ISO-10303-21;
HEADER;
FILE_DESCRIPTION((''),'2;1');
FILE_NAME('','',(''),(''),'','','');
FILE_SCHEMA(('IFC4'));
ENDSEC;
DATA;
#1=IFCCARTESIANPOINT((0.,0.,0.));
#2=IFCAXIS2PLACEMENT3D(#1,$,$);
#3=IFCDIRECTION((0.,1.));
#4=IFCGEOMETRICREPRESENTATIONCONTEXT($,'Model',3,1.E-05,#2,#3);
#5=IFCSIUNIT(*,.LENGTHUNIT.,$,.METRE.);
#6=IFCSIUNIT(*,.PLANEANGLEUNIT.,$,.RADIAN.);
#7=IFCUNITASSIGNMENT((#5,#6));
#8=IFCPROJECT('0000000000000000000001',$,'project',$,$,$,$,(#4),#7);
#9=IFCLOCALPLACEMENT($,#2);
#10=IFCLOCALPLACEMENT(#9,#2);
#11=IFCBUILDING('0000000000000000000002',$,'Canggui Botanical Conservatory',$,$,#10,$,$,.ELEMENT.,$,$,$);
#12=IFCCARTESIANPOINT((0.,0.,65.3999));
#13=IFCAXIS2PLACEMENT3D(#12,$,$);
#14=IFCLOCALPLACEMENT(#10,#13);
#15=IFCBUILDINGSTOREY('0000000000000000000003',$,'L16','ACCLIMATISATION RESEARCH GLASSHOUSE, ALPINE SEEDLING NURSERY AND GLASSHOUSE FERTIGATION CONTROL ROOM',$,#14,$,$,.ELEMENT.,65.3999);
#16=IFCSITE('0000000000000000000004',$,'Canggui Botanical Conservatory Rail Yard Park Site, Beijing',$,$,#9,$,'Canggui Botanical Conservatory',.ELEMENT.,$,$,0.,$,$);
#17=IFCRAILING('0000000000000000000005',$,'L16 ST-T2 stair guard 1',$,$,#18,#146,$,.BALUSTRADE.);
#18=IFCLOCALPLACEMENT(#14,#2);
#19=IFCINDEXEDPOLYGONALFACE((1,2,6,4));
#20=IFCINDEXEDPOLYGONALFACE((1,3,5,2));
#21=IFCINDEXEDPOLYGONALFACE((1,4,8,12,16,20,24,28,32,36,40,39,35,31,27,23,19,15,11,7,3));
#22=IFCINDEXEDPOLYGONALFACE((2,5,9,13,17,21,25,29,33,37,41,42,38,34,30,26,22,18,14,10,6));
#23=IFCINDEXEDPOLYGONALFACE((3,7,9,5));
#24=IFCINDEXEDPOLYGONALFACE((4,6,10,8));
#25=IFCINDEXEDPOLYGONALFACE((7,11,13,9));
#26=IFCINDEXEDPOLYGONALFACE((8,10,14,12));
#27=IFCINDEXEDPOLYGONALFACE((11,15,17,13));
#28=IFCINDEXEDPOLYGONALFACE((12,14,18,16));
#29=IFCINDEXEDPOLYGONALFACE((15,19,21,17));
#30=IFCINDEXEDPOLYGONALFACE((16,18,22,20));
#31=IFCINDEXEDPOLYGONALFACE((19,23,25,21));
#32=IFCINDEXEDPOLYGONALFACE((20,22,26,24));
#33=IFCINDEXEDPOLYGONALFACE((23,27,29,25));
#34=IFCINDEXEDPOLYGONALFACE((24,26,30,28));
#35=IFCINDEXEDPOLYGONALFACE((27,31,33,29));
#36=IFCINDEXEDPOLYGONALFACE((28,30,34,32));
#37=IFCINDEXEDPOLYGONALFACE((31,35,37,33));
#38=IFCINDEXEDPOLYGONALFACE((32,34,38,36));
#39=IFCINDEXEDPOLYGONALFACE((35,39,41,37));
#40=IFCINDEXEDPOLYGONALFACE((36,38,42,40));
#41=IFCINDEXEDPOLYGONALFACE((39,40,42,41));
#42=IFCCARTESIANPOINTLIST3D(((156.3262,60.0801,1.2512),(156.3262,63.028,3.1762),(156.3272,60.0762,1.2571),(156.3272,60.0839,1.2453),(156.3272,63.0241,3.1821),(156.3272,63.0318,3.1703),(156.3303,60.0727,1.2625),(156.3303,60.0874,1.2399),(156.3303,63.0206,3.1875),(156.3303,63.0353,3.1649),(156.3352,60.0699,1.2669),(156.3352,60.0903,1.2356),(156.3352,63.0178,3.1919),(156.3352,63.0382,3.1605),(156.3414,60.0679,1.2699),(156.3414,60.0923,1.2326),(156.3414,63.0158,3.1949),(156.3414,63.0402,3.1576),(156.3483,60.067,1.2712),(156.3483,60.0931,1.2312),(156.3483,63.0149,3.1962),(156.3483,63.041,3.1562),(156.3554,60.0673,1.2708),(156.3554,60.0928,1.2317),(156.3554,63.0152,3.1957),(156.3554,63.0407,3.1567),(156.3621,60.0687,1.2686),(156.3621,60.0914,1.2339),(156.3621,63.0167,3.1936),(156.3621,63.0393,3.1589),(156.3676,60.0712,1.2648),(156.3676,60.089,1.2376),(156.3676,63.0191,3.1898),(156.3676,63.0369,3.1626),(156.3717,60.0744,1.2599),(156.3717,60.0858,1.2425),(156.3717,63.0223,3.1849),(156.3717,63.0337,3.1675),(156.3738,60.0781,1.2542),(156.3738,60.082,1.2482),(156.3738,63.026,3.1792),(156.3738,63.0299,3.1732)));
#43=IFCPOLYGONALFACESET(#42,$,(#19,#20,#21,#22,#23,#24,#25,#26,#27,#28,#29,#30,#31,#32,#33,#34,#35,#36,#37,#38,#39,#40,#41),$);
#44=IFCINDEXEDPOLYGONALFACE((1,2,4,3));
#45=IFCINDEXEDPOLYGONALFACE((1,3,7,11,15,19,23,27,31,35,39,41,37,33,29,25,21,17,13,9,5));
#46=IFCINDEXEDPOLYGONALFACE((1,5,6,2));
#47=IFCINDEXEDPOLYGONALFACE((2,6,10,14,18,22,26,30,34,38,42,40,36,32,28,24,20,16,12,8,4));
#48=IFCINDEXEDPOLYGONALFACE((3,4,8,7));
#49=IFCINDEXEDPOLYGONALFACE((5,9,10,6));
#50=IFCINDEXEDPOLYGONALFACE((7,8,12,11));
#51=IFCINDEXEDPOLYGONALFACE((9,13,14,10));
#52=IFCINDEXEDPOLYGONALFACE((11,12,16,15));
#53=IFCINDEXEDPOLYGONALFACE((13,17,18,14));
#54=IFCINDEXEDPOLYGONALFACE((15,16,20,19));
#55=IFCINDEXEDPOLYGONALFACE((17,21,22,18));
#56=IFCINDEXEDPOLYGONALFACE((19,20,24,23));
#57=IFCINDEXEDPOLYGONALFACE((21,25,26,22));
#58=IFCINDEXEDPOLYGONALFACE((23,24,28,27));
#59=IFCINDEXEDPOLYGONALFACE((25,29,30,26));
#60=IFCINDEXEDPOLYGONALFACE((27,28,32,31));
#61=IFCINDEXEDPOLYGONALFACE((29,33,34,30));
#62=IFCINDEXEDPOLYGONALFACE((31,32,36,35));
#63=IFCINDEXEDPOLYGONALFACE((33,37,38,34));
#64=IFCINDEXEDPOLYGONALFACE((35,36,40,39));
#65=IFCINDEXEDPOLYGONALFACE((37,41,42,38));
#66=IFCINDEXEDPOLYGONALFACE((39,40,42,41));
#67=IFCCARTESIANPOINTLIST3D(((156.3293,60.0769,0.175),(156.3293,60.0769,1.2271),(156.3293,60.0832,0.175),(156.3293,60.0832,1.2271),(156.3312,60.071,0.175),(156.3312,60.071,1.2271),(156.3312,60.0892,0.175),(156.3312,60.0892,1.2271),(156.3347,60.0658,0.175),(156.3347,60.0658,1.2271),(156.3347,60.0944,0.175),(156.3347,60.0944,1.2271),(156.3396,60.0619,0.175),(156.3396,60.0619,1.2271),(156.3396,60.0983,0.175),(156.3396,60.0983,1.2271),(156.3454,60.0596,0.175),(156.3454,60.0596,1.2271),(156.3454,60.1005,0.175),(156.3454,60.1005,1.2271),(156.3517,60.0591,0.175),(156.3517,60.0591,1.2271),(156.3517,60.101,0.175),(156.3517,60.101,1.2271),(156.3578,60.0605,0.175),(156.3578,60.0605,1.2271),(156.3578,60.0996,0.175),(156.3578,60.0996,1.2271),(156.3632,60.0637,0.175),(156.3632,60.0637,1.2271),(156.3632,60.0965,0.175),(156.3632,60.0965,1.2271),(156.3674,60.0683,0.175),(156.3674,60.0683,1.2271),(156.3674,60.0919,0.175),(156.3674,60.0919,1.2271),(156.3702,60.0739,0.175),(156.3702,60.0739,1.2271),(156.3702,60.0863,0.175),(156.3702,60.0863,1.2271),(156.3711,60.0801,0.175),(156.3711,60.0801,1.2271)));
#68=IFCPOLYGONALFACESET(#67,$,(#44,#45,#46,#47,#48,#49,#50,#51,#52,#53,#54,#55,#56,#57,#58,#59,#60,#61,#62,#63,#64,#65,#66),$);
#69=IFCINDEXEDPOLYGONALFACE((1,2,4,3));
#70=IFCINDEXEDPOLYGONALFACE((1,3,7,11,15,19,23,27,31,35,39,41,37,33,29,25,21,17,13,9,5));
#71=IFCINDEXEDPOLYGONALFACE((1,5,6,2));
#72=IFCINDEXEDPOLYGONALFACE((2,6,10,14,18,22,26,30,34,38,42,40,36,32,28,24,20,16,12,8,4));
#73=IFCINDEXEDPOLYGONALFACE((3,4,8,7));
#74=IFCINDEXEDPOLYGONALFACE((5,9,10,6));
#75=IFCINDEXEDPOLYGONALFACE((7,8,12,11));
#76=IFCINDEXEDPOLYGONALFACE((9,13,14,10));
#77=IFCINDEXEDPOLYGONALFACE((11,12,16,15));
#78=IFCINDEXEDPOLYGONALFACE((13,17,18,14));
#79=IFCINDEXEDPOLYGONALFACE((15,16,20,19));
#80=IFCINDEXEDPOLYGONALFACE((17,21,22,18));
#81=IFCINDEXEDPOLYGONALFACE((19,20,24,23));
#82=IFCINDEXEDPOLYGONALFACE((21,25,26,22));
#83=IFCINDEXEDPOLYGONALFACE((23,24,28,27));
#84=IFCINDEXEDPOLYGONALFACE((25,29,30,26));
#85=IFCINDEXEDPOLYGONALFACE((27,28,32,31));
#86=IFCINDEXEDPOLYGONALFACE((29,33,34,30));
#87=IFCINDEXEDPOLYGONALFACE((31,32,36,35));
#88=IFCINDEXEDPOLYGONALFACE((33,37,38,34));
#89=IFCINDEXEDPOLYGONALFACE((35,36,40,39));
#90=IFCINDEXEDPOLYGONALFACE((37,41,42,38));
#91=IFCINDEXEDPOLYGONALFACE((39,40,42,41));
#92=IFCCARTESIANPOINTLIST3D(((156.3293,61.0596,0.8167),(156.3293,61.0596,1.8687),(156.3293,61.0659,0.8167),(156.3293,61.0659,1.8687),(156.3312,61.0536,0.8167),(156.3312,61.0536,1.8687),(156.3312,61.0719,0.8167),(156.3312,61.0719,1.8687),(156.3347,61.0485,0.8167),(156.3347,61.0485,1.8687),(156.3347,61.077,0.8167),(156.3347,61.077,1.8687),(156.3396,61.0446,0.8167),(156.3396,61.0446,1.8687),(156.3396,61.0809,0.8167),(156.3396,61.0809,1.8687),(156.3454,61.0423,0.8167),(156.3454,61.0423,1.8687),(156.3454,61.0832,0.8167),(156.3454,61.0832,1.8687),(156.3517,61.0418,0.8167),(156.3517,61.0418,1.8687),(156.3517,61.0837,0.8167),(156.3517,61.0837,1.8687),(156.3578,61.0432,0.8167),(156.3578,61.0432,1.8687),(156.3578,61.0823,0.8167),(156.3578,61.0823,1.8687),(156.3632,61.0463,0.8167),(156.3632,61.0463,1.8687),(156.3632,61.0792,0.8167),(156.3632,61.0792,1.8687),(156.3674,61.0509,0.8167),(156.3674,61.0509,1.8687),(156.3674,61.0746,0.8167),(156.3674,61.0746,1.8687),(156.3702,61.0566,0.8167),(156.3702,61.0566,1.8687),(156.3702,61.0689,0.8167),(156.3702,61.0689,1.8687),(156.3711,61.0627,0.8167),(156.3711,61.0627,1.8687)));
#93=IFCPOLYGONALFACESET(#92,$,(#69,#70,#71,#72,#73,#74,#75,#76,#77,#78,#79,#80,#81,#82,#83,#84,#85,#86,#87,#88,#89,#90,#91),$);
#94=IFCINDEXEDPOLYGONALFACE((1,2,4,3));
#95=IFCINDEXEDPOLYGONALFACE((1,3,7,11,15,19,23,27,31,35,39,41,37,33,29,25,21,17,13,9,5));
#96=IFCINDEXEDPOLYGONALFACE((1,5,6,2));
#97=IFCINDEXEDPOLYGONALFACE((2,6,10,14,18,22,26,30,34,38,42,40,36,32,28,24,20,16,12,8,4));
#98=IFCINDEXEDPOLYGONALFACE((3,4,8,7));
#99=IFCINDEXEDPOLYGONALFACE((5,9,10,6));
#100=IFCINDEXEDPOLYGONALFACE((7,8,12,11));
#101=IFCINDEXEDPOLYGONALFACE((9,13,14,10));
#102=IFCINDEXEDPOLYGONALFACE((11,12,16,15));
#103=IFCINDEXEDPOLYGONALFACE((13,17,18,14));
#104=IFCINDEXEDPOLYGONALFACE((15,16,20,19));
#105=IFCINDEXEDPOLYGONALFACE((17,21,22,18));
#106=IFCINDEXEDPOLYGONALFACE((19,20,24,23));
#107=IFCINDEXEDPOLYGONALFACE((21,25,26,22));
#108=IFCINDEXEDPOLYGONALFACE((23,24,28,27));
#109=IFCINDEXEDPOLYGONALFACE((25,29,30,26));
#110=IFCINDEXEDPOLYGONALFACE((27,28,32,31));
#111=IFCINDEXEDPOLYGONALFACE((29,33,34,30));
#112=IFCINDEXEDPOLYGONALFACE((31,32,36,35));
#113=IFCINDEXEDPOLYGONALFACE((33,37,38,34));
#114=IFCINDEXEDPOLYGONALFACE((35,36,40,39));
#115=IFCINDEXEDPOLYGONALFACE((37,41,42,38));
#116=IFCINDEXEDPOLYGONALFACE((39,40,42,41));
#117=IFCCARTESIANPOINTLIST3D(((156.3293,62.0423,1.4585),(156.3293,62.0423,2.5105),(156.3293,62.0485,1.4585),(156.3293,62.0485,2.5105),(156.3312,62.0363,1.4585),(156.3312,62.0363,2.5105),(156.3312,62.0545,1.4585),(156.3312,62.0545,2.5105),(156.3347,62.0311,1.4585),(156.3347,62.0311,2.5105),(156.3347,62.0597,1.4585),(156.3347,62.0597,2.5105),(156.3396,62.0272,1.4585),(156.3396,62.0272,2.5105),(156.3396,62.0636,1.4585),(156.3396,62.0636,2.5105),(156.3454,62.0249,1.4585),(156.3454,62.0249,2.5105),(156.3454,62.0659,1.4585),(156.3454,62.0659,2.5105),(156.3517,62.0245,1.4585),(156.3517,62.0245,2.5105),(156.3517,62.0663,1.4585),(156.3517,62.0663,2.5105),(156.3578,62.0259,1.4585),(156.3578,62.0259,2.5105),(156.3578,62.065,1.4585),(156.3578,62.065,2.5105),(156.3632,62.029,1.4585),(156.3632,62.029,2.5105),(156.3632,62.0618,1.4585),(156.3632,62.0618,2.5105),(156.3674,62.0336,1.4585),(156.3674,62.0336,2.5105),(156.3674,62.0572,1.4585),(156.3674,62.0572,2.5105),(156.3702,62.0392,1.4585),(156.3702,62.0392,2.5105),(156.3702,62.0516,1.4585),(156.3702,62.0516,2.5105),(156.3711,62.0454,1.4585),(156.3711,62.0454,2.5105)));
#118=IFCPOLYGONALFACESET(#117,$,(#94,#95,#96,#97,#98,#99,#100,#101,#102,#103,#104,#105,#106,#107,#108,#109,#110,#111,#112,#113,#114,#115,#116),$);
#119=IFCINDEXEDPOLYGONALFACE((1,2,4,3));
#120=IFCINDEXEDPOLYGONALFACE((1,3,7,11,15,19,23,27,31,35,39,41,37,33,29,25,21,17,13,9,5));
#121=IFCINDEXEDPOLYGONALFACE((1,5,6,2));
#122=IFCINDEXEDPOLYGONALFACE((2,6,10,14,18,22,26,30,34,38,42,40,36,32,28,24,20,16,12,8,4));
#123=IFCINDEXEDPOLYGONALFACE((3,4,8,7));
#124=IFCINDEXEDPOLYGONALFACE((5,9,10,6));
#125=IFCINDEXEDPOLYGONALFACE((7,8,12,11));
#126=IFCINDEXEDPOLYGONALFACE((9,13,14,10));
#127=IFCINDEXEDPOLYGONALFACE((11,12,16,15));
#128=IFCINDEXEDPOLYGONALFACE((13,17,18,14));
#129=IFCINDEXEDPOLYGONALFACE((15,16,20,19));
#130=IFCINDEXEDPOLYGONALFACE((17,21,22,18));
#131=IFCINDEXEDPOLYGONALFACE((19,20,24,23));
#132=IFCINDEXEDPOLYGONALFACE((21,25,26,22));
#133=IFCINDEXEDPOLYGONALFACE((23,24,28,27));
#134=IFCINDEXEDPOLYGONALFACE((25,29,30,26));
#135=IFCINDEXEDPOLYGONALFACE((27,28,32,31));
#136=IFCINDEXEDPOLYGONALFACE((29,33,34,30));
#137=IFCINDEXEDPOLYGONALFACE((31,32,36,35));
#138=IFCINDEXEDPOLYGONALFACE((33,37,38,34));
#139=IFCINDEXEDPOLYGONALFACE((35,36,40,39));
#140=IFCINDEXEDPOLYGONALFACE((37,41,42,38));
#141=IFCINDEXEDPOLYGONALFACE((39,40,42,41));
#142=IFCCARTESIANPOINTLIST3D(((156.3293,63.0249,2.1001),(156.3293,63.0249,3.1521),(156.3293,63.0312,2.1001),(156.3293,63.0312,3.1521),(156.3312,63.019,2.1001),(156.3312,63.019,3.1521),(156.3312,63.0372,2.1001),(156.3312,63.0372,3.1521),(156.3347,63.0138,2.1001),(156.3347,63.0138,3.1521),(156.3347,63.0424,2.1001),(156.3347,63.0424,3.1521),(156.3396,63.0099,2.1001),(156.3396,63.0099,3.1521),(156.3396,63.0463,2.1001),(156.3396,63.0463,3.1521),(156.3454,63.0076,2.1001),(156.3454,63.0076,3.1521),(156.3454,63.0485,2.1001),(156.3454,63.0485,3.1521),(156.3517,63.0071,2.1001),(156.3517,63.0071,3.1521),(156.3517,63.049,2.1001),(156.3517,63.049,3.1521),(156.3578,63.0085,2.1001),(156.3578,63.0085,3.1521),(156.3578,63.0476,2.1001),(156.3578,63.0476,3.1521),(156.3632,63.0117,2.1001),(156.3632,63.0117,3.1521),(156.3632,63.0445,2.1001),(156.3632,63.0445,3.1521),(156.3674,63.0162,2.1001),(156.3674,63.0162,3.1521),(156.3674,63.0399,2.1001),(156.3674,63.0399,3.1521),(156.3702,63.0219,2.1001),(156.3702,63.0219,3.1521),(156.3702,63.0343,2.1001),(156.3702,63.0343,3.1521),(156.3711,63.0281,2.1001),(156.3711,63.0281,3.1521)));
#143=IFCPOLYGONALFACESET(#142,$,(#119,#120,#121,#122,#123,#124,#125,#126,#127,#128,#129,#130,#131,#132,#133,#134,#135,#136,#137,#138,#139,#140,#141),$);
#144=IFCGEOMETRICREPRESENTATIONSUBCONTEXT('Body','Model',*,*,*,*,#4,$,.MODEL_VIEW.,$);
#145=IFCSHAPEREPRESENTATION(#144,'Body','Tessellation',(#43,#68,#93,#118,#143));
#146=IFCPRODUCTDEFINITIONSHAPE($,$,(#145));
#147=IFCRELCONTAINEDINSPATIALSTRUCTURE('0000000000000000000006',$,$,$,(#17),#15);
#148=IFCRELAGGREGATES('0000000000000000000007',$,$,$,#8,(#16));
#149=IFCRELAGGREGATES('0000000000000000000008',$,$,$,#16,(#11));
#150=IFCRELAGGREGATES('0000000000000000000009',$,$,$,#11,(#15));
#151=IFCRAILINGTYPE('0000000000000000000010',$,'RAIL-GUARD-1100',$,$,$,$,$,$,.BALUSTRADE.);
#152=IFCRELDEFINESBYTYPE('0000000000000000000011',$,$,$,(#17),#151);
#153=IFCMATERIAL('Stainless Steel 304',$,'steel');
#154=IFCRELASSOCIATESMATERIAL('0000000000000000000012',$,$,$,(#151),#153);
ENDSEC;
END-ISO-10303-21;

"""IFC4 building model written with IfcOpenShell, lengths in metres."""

from ifc_helpers import new_model, si_unit, direction, frame, origin, origin_2d, place, context, subcontext, project, spatial, circle, extrude, material, type_object, element, save


model = new_model("IFC4")

# Units and contexts
model_context = context("Model", 3, precision=1e-05, world=origin(), true_north=direction((0.0, 1.0)))
body_context = subcontext(model_context, "Body", "Model", "MODEL_VIEW")
ifc_project = project(units=[si_unit("LENGTHUNIT", "METRE"), si_unit("PLANEANGLEUNIT", "RADIAN")], contexts=[model_context])

# Site, building, storey
site_placement = place(None, origin())
site = spatial("IfcSite", under=ifc_project, at=site_placement, Name="Canggui Botanical Conservatory Rail Yard Park Site, Beijing", LongName="Canggui Botanical Conservatory", CompositionType="ELEMENT", RefElevation=0.0)
building_placement = place(site_placement, origin())
building = spatial("IfcBuilding", under=site, at=building_placement, Name="Canggui Botanical Conservatory", CompositionType="ELEMENT")
storey_placement = place(building_placement, frame((0.0, 0.0, 65.3999)))
storey = spatial("IfcBuildingStorey", under=building, at=storey_placement, Name="L16", Description="ACCLIMATISATION RESEARCH GLASSHOUSE, ALPINE SEEDLING NURSERY AND GLASSHOUSE FERTIGATION CONTROL ROOM", CompositionType="ELEMENT", Elevation=65.3999)

# Shared definitions
ifc_material_1 = material(Name="Stainless Steel 304", Category="steel")

# Railing
railing_type_1 = type_object("IfcRailingType", Name="RAIL-GUARD-1100", PredefinedType="BALUSTRADE", material=ifc_material_1)
railing_1_placement = place(storey_placement, frame((156.3501, 60.0801, 0.175)))
element("IfcRailing", 1, at=railing_1_placement, inside=storey, type_object=railing_type_1, Name="L16 ST-T2 stair guard 1", PredefinedType="BALUSTRADE", context=body_context, shape_type="SweptSolid", body=[
    extrude(circle(Radius=0.0239, at=origin_2d()), frame((0.0, 0.0, 1.0762), z_axis=(0.0, 0.837293, 0.546754), x_axis=(-1.0, 0.0, 0.0)), (0.0, 0.0, 1.0), 3.5208),
    extrude(circle(Radius=0.021, at=origin_2d()), origin(), (0.0, 0.0, 1.0), 1.052),
    extrude(circle(Radius=0.021, at=origin_2d()), frame((0.0, 0.9827, 0.6416)), (0.0, 0.0, 1.0), 1.052),
    extrude(circle(Radius=0.021, at=origin_2d()), frame((0.0, 1.9653, 1.2834)), (0.0, 0.0, 1.0), 1.052),
    extrude(circle(Radius=0.021, at=origin_2d()), frame((0.0, 2.948, 1.925)), (0.0, 0.0, 1.0), 1.052),
])

save(model, "model.ifc")
